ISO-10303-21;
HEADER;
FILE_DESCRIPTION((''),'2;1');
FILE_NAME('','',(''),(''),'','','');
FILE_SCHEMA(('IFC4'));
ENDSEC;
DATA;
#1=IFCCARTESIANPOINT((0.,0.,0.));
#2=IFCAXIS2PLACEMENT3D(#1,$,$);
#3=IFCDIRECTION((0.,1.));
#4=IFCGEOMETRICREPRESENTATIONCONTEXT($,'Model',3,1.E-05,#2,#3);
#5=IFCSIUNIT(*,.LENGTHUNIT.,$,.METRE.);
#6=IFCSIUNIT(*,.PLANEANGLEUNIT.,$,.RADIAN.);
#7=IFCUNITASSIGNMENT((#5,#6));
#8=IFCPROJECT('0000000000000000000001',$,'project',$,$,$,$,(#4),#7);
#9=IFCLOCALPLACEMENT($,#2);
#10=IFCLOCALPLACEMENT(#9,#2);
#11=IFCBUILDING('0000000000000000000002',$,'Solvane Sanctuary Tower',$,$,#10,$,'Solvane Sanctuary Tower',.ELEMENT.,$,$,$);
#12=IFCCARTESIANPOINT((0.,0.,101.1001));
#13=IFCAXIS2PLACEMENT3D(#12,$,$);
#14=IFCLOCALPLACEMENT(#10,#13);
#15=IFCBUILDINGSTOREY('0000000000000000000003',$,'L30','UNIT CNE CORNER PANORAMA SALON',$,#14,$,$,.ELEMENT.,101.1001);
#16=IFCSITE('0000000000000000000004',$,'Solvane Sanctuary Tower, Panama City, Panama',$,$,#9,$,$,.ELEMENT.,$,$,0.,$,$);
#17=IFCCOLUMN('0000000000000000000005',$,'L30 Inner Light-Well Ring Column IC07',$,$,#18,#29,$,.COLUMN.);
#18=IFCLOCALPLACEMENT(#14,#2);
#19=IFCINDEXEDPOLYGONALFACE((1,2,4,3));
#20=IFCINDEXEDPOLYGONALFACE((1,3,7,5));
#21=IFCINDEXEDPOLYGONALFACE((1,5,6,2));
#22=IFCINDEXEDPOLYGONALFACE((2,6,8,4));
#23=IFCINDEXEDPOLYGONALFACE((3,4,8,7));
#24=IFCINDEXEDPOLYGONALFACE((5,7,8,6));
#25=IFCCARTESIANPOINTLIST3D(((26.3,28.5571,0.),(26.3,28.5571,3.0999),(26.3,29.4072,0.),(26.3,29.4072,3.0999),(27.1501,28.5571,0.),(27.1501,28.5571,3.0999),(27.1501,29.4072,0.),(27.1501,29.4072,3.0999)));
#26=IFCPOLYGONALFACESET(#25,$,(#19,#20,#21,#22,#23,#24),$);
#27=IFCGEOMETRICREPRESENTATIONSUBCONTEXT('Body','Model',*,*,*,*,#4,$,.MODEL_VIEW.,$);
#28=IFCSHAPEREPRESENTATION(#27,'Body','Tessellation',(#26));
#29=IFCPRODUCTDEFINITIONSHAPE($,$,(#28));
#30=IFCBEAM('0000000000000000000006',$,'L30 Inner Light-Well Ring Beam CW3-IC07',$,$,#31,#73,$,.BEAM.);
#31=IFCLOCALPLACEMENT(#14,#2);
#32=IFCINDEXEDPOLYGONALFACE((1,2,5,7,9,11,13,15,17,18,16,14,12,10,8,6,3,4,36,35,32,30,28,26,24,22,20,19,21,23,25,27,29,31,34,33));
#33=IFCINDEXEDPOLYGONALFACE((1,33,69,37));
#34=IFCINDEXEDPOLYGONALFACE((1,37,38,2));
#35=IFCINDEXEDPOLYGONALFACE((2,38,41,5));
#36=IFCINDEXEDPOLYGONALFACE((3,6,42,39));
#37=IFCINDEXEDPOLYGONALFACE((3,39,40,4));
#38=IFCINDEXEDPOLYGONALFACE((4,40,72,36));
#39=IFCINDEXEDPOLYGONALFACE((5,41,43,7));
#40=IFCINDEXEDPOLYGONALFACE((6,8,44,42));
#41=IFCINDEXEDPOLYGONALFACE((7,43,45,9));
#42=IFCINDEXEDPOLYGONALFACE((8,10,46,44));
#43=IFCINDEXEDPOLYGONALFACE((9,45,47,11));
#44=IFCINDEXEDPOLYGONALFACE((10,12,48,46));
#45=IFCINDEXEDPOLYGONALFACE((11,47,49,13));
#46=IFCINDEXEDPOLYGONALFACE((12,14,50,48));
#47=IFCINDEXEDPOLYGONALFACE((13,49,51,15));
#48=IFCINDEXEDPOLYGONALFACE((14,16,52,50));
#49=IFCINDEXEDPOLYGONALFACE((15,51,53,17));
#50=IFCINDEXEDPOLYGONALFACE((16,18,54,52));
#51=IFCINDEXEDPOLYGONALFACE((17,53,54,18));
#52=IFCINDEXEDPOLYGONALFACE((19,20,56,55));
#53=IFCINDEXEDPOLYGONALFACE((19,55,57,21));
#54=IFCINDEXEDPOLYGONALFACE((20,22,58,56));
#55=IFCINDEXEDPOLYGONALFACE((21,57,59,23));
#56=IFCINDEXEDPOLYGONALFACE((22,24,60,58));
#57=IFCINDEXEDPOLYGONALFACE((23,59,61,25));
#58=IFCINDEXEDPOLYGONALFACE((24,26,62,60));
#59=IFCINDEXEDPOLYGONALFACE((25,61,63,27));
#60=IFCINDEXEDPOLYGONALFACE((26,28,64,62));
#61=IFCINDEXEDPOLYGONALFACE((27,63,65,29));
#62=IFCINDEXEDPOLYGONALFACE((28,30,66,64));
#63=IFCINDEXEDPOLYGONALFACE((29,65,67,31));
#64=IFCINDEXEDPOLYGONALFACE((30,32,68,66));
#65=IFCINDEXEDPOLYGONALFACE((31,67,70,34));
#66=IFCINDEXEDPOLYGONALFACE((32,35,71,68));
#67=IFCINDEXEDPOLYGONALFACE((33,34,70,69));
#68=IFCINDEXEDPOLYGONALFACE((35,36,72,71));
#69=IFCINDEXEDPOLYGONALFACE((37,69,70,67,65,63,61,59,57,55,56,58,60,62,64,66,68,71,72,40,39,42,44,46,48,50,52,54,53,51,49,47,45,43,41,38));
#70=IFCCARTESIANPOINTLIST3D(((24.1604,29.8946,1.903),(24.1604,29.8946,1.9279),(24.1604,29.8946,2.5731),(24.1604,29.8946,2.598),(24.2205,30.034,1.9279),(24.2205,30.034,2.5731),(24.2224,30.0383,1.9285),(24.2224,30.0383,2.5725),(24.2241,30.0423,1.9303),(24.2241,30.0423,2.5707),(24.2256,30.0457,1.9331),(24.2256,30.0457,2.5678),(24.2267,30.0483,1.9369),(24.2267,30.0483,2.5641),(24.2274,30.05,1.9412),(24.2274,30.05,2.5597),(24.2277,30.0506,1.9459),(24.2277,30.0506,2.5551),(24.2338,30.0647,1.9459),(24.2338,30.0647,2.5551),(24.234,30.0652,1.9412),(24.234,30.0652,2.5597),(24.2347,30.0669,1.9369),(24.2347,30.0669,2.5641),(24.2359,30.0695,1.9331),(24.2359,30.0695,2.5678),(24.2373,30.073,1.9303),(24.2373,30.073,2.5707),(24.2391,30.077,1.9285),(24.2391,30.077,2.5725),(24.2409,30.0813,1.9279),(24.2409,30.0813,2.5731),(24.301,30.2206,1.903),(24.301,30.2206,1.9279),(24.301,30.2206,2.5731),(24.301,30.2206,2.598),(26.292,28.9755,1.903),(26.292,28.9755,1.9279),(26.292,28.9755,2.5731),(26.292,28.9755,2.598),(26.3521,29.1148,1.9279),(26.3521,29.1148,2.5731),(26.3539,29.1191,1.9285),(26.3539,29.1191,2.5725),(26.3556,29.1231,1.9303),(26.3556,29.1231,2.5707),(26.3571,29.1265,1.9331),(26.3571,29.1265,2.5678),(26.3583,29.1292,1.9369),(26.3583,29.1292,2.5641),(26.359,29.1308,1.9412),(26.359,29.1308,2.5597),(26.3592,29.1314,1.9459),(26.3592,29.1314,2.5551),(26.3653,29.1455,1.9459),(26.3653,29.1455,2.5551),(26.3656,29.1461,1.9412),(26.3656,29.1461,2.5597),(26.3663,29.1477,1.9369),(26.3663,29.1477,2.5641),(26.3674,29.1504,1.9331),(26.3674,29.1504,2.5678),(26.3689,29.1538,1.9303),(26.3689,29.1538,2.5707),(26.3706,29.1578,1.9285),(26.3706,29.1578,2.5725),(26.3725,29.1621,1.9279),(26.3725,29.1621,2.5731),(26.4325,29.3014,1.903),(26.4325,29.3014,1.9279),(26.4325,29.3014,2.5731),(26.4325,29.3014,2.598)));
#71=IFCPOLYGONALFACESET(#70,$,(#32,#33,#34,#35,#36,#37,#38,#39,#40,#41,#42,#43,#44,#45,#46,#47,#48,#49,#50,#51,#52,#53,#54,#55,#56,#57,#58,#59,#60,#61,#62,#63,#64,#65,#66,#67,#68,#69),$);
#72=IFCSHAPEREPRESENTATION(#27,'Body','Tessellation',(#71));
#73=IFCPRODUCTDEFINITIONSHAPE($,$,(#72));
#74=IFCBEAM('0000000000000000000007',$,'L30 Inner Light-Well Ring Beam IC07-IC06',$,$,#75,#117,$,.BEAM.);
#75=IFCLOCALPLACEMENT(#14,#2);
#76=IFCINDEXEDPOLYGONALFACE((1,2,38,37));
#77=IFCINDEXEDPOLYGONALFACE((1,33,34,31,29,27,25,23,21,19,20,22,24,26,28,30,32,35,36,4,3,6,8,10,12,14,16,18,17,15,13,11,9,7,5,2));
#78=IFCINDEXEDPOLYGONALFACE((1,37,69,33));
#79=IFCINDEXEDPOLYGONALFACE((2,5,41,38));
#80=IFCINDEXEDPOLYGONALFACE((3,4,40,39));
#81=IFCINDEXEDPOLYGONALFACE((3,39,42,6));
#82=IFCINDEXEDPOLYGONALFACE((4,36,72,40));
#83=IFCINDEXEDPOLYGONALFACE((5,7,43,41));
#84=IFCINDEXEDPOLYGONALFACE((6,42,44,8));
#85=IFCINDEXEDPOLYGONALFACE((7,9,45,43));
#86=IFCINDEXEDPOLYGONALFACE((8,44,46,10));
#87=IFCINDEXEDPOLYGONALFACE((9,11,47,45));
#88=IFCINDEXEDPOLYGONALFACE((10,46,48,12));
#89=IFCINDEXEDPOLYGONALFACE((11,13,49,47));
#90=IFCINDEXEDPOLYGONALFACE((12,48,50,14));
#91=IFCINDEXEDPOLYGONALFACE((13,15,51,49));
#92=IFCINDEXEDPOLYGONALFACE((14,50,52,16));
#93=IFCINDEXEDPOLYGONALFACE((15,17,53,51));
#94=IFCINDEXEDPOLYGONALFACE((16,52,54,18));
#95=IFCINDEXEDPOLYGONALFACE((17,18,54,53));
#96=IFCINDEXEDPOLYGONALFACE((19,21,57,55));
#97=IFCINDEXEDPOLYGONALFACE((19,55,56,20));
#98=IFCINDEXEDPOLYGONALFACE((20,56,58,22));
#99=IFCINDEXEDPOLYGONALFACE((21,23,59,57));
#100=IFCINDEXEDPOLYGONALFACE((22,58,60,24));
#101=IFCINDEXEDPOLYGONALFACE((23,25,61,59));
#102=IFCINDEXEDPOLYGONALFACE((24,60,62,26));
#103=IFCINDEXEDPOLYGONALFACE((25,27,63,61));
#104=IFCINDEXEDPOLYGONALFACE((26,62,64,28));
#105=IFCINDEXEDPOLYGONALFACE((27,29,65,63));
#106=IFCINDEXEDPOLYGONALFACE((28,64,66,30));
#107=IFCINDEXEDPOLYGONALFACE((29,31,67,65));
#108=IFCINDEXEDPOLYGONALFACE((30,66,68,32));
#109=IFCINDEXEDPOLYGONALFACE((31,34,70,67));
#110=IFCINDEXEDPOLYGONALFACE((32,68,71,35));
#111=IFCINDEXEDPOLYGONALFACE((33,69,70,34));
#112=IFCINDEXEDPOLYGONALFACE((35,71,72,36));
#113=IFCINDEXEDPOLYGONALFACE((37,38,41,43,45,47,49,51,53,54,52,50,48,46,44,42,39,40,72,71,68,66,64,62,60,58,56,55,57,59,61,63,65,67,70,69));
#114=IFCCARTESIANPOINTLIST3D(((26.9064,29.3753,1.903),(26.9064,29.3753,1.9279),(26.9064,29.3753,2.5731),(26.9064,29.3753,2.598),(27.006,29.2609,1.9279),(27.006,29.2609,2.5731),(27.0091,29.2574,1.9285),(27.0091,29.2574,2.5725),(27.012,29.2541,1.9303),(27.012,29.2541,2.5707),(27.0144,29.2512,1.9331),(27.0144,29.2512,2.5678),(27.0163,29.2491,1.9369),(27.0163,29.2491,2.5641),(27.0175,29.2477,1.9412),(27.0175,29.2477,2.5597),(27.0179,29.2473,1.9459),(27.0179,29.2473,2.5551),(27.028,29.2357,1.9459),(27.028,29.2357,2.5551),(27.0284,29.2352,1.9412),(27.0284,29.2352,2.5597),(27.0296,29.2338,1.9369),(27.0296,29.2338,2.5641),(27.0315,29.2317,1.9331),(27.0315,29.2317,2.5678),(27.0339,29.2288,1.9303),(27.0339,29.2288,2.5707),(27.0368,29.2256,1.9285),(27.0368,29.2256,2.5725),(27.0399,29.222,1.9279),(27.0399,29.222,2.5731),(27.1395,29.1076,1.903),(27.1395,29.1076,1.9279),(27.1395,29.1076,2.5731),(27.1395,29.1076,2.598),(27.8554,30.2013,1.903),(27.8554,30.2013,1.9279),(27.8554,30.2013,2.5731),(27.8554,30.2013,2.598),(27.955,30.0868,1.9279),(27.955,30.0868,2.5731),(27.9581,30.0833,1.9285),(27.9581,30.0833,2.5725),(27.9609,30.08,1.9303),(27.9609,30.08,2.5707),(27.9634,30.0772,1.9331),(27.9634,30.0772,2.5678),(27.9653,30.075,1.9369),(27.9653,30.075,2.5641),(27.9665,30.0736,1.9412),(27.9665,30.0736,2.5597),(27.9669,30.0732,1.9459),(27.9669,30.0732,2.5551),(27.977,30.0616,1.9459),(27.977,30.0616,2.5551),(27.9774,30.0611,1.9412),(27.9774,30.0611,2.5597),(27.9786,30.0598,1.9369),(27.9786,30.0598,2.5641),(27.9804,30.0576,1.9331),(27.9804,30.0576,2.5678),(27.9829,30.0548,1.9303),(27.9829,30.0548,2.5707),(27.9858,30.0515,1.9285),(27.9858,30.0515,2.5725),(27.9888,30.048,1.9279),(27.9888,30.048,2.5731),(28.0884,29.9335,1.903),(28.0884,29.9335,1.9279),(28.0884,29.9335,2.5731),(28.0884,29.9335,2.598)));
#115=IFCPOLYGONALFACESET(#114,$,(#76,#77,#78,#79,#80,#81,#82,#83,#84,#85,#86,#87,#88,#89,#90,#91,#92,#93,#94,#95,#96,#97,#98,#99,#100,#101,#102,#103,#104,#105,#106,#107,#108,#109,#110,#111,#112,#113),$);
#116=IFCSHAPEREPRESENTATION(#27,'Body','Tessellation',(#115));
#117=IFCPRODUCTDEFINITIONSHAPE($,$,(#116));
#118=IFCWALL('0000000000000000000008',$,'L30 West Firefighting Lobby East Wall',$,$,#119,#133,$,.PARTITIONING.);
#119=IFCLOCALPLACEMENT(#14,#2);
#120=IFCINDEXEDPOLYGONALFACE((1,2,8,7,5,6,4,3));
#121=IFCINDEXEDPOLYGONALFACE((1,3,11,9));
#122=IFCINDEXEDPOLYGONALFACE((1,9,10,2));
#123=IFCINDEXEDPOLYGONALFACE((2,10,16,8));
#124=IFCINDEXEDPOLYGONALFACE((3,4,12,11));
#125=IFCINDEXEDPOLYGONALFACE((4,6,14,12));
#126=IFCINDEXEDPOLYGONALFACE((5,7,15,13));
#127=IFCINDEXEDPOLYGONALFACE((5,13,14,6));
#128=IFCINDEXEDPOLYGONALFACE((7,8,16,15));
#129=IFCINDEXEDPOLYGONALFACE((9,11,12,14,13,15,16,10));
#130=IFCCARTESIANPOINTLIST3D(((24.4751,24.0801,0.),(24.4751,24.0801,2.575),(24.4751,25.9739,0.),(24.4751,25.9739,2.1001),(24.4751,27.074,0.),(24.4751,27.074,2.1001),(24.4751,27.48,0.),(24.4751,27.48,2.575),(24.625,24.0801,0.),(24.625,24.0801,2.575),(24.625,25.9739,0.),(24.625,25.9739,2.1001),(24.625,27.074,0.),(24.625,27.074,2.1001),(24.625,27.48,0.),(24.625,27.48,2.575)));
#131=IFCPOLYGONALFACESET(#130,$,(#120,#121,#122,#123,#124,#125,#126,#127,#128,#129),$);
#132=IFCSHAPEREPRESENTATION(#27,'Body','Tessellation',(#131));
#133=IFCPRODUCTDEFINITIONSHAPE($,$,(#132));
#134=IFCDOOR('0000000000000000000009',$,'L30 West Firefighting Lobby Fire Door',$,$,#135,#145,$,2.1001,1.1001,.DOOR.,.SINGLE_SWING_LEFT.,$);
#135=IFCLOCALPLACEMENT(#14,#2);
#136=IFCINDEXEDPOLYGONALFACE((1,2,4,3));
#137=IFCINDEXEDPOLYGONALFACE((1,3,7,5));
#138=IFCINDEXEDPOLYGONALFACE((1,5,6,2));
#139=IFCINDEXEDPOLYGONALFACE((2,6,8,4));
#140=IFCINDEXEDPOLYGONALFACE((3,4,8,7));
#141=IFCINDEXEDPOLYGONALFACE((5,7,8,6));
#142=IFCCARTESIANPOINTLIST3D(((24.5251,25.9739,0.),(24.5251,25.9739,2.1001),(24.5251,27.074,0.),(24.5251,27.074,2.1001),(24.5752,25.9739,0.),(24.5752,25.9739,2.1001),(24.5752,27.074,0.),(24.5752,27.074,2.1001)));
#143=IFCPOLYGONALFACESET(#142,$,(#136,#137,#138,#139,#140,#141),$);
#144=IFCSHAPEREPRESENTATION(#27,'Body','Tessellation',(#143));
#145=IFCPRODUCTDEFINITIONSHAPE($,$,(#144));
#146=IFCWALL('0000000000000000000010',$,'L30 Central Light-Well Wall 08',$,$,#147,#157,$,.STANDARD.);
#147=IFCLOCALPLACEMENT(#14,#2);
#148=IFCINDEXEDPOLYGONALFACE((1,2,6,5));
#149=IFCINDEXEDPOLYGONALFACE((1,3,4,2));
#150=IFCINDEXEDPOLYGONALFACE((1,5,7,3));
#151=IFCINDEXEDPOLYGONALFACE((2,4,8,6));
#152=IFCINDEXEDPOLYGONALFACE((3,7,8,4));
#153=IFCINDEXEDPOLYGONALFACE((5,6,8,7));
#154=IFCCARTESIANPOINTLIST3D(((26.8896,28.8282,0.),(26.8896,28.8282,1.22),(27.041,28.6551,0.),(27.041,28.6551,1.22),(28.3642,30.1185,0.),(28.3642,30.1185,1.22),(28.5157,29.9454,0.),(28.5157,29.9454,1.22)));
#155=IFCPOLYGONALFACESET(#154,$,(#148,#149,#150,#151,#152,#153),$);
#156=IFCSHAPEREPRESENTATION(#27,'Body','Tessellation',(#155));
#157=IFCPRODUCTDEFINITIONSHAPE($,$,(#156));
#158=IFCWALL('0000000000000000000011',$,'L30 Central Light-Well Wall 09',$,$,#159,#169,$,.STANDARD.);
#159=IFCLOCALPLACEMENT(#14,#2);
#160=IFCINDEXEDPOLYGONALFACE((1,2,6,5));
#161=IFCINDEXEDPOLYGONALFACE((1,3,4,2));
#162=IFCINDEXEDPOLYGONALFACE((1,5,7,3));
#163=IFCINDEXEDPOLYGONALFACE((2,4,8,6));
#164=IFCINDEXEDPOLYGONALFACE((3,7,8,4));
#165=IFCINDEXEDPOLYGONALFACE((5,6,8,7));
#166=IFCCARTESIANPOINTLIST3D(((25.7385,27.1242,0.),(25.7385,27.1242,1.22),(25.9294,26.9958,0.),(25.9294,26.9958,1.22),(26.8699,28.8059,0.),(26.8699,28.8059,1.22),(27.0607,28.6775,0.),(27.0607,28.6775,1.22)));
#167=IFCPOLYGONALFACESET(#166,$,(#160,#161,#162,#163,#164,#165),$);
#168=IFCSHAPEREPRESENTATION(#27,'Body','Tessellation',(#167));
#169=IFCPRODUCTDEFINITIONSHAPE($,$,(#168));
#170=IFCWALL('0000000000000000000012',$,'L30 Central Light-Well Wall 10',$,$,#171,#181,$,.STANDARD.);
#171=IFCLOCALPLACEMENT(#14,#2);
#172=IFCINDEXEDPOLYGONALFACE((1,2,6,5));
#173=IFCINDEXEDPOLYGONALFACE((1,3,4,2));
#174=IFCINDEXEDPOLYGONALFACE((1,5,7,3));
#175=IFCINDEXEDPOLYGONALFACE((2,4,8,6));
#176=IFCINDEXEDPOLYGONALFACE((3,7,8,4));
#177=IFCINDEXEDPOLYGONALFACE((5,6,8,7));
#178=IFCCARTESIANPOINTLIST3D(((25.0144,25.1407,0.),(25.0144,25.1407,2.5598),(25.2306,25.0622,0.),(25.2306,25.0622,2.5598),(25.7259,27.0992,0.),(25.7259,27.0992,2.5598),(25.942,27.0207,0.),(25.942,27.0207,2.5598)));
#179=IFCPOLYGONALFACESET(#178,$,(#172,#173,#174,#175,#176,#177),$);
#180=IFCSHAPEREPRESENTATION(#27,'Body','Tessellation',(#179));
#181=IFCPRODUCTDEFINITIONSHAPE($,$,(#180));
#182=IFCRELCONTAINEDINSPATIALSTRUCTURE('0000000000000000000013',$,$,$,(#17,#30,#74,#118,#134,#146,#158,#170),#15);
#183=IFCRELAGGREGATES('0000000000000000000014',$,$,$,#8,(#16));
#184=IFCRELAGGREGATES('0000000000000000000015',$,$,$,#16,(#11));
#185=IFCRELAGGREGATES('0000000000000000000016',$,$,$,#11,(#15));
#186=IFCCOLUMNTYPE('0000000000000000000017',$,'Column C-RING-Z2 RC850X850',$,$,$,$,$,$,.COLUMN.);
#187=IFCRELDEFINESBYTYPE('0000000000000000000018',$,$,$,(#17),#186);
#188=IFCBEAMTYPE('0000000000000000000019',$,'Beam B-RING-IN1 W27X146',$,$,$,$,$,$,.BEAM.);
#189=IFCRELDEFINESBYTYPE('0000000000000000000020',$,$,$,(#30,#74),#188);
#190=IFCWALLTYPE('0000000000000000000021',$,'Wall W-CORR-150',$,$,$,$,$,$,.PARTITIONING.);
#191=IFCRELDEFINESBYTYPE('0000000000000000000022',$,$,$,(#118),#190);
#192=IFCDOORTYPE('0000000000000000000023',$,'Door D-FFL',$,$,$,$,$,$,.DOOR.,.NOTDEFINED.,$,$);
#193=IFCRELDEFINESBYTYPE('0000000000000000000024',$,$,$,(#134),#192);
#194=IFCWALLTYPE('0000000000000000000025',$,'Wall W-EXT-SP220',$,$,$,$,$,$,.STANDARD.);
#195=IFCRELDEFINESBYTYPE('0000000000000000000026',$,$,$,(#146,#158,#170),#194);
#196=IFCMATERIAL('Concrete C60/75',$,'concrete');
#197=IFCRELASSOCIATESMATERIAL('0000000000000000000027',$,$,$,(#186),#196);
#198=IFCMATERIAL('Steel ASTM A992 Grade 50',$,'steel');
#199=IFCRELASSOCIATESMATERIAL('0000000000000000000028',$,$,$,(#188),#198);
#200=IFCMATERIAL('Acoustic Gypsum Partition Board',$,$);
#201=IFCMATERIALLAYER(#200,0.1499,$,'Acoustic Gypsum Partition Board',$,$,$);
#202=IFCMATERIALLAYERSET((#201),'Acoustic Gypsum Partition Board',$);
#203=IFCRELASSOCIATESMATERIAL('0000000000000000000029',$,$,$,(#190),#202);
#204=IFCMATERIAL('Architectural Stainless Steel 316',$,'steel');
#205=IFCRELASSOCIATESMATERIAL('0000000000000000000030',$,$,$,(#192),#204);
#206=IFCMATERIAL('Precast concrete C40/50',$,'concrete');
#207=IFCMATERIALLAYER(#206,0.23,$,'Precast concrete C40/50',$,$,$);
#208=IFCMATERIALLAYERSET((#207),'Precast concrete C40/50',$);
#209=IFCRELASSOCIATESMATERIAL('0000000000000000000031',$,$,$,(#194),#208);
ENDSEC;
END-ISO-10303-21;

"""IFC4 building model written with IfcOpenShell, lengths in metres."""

from ifc_helpers import new_model, si_unit, direction, frame, frame_2d, origin, origin_2d, place, context, subcontext, project, spatial, rectangle, i_section, extrude, material, layer, layer_set, material_profile, profile_set, type_object, element, fill, save


model = new_model("IFC4")

# Units and contexts
model_context = context("Model", 3, precision=1e-05, world=origin(), true_north=direction((0.0, 1.0)))
body_context = subcontext(model_context, "Body", "Model", "MODEL_VIEW")
ifc_project = project(units=[si_unit("LENGTHUNIT", "METRE"), si_unit("PLANEANGLEUNIT", "RADIAN")], contexts=[model_context])

# Site, building, storey
site_placement = place(None, origin())
site = spatial("IfcSite", under=ifc_project, at=site_placement, Name="Solvane Sanctuary Tower, Panama City, Panama", CompositionType="ELEMENT", RefElevation=0.0)
building_placement = place(site_placement, origin())
building = spatial("IfcBuilding", under=site, at=building_placement, Name="Solvane Sanctuary Tower", LongName="Solvane Sanctuary Tower", CompositionType="ELEMENT")
storey_placement = place(building_placement, frame((0.0, 0.0, 101.1001)))
storey = spatial("IfcBuildingStorey", under=building, at=storey_placement, Name="L30", Description="UNIT CNE CORNER PANORAMA SALON", CompositionType="ELEMENT", Elevation=101.1001)

# Column
ifc_material_1 = material(Name="Concrete C60/75", Category="concrete")
ifc_material_profile_1 = material_profile(ifc_material_1, rectangle(XDim=0.8501, YDim=0.8501, at=origin_2d()), Name="RC850X850")
ifc_profile_set_1 = profile_set([ifc_material_profile_1], Name="Concrete C60/75")
column_type = type_object("IfcColumnType", Name="Column C-RING-Z2 RC850X850", PredefinedType="COLUMN", material=ifc_profile_set_1)
column_placement = place(storey_placement, frame((26.7251, 28.9822, 0.0), z_axis=(0.0, 0.0, 1.0), x_axis=(1.0, 0.0, 0.0)))
element("IfcColumn", 1, at=column_placement, inside=storey, type_object=column_type, Name="L30 Inner Light-Well Ring Column IC07", PredefinedType="COLUMN", context=body_context, shape_type="SweptSolid", body=[
    extrude(rectangle(XDim=0.8501, YDim=0.8501, at=origin_2d()), origin(), (0.0, 0.0, 1.0), 3.0999),
])

# Beams
ifc_material_2 = material(Name="Steel ASTM A992 Grade 50", Category="steel")
ifc_material_profile_2 = material_profile(ifc_material_2, i_section(OverallWidth=0.355, OverallDepth=0.6951, WebThickness=0.0154, FlangeThickness=0.0249, FilletRadius=0.0181, at=origin_2d()), Name="W27X146")
ifc_profile_set_2 = profile_set([ifc_material_profile_2], Name="Steel ASTM A992 Grade 50")
beam_type = type_object("IfcBeamType", Name="Beam B-RING-IN1 W27X146", PredefinedType="BEAM", material=ifc_profile_set_2)
beam_1_placement = place(storey_placement, frame((24.2307, 30.0576, 2.2505), z_axis=(0.918261, -0.395975, 0.0), x_axis=(0.395975, 0.918261, 0.0)))
element("IfcBeam", 2, at=beam_1_placement, inside=storey, type_object=beam_type, Name="L30 Inner Light-Well Ring Beam CW3-IC07", PredefinedType="BEAM", context=body_context, shape_type="SweptSolid", body=[
    extrude(i_section(OverallWidth=0.355, OverallDepth=0.6951, WebThickness=0.0154, FlangeThickness=0.0249, FilletRadius=0.0181, at=origin_2d()), origin(), (0.0, 0.0, 1.0), 2.3213),
])
beam_2_placement = place(storey_placement, frame((27.0229, 29.2415, 2.2505), z_axis=(0.754317, 0.65651, 0.0), x_axis=(-0.65651, 0.754317, 0.0)))
element("IfcBeam", 3, at=beam_2_placement, inside=storey, type_object=beam_type, Name="L30 Inner Light-Well Ring Beam IC07-IC06", PredefinedType="BEAM", context=body_context, shape_type="SweptSolid", body=[
    extrude(i_section(OverallWidth=0.355, OverallDepth=0.6951, WebThickness=0.0154, FlangeThickness=0.0249, FilletRadius=0.0181, at=origin_2d()), origin(), (0.0, 0.0, 1.0), 1.2581),
])

# Wall, opening, door
ifc_material_3 = material(Name="Acoustic Gypsum Partition Board")
ifc_layer_1 = layer(ifc_material_3, 0.1499, Name="Acoustic Gypsum Partition Board")
ifc_layer_set_1 = layer_set([ifc_layer_1], Name="Acoustic Gypsum Partition Board")
wall_type_1 = type_object("IfcWallType", Name="Wall W-CORR-150", PredefinedType="PARTITIONING", material=ifc_layer_set_1)
wall_1_placement = place(storey_placement, frame((24.55, 24.0801, 0.0), z_axis=(0.0, 0.0, 1.0), x_axis=(0.0, 1.0, 0.0)))
wall_1 = element("IfcWall", 4, at=wall_1_placement, inside=storey, type_object=wall_type_1, Name="L30 West Firefighting Lobby East Wall", PredefinedType="PARTITIONING", context=body_context, shape_type="SweptSolid", body=[
    extrude(rectangle(XDim=3.3999, YDim=0.1499, at=frame_2d((1.7, 0.0))), origin(), (0.0, 0.0, 1.0), 2.575),
])
opening_1_placement = place(wall_1_placement, frame((1.8938, 0.0, 0.0)))
opening_1 = element("IfcOpeningElement", 5, at=opening_1_placement, cuts=wall_1, PredefinedType="OPENING", context=body_context, shape_type="SweptSolid", body=[
    extrude(rectangle(XDim=1.1001, YDim=2.1001, at=frame_2d((0.55, 1.05))), frame((0.0, 0.085, 0.0), z_axis=(0.0, -1.0, 0.0), x_axis=(1.0, 0.0, 0.0)), (0.0, 0.0, 1.0), 0.1699),
])
ifc_material_4 = material(Name="Architectural Stainless Steel 316", Category="steel")
door_type_1 = type_object("IfcDoorType", Name="Door D-FFL", OperationType="NOTDEFINED", PredefinedType="DOOR", material=ifc_material_4)
door_1_placement = place(opening_1_placement, origin())
door_1 = element("IfcDoor", 6, at=door_1_placement, inside=storey, type_object=door_type_1, Name="L30 West Firefighting Lobby Fire Door", OperationType="SINGLE_SWING_LEFT", OverallHeight=2.1001, OverallWidth=1.1001, PredefinedType="DOOR", context=body_context, shape_type="SweptSolid", body=[
    extrude(rectangle(XDim=1.1001, YDim=2.1001, at=frame_2d((0.55, 1.05))), frame((0.0, 0.0249, 0.0), z_axis=(0.0, -1.0, 0.0), x_axis=(1.0, 0.0, 0.0)), (0.0, 0.0, 1.0), 0.05),
])
fill(opening_1, door_1)

# Walls
ifc_material_5 = material(Name="Precast concrete C40/50", Category="concrete")
ifc_layer_2 = layer(ifc_material_5, 0.23, Name="Precast concrete C40/50")
ifc_layer_set_2 = layer_set([ifc_layer_2], Name="Precast concrete C40/50")
wall_type_2 = type_object("IfcWallType", Name="Wall W-EXT-SP220", PredefinedType="STANDARD", material=ifc_layer_set_2)
wall_2_placement = place(storey_placement, frame((28.4399, 30.032, 0.0), z_axis=(0.0, 0.0, 1.0), x_axis=(-0.752577, -0.658505, 0.0)))
element("IfcWall", 7, at=wall_2_placement, inside=storey, type_object=wall_type_2, Name="L30 Central Light-Well Wall 08", PredefinedType="STANDARD", context=body_context, shape_type="SweptSolid", body=[
    extrude(rectangle(XDim=1.9595, YDim=0.23, at=frame_2d((0.9797, 0.0))), origin(), (0.0, 0.0, 1.0), 1.22),
])
wall_3_placement = place(storey_placement, frame((26.9653, 28.7417, 0.0), z_axis=(0.0, 0.0, 1.0), x_axis=(-0.558198, -0.829708, 0.0)))
element("IfcWall", 8, at=wall_3_placement, inside=storey, type_object=wall_type_2, Name="L30 Central Light-Well Wall 09", PredefinedType="STANDARD", context=body_context, shape_type="SweptSolid", body=[
    extrude(rectangle(XDim=2.0269, YDim=0.23, at=frame_2d((1.0134, 0.0))), origin(), (0.0, 0.0, 1.0), 1.22),
])
wall_4_placement = place(storey_placement, frame((25.834, 27.0601, 0.0), z_axis=(0.0, 0.0, 1.0), x_axis=(-0.341423, -0.93991, 0.0)))
element("IfcWall", 9, at=wall_4_placement, inside=storey, type_object=wall_type_2, Name="L30 Central Light-Well Wall 10", PredefinedType="STANDARD", context=body_context, shape_type="SweptSolid", body=[
    extrude(rectangle(XDim=2.0837, YDim=0.23, at=frame_2d((1.042, 0.0))), origin(), (0.0, 0.0, 1.0), 2.5598),
])

save(model, "model.ifc")
